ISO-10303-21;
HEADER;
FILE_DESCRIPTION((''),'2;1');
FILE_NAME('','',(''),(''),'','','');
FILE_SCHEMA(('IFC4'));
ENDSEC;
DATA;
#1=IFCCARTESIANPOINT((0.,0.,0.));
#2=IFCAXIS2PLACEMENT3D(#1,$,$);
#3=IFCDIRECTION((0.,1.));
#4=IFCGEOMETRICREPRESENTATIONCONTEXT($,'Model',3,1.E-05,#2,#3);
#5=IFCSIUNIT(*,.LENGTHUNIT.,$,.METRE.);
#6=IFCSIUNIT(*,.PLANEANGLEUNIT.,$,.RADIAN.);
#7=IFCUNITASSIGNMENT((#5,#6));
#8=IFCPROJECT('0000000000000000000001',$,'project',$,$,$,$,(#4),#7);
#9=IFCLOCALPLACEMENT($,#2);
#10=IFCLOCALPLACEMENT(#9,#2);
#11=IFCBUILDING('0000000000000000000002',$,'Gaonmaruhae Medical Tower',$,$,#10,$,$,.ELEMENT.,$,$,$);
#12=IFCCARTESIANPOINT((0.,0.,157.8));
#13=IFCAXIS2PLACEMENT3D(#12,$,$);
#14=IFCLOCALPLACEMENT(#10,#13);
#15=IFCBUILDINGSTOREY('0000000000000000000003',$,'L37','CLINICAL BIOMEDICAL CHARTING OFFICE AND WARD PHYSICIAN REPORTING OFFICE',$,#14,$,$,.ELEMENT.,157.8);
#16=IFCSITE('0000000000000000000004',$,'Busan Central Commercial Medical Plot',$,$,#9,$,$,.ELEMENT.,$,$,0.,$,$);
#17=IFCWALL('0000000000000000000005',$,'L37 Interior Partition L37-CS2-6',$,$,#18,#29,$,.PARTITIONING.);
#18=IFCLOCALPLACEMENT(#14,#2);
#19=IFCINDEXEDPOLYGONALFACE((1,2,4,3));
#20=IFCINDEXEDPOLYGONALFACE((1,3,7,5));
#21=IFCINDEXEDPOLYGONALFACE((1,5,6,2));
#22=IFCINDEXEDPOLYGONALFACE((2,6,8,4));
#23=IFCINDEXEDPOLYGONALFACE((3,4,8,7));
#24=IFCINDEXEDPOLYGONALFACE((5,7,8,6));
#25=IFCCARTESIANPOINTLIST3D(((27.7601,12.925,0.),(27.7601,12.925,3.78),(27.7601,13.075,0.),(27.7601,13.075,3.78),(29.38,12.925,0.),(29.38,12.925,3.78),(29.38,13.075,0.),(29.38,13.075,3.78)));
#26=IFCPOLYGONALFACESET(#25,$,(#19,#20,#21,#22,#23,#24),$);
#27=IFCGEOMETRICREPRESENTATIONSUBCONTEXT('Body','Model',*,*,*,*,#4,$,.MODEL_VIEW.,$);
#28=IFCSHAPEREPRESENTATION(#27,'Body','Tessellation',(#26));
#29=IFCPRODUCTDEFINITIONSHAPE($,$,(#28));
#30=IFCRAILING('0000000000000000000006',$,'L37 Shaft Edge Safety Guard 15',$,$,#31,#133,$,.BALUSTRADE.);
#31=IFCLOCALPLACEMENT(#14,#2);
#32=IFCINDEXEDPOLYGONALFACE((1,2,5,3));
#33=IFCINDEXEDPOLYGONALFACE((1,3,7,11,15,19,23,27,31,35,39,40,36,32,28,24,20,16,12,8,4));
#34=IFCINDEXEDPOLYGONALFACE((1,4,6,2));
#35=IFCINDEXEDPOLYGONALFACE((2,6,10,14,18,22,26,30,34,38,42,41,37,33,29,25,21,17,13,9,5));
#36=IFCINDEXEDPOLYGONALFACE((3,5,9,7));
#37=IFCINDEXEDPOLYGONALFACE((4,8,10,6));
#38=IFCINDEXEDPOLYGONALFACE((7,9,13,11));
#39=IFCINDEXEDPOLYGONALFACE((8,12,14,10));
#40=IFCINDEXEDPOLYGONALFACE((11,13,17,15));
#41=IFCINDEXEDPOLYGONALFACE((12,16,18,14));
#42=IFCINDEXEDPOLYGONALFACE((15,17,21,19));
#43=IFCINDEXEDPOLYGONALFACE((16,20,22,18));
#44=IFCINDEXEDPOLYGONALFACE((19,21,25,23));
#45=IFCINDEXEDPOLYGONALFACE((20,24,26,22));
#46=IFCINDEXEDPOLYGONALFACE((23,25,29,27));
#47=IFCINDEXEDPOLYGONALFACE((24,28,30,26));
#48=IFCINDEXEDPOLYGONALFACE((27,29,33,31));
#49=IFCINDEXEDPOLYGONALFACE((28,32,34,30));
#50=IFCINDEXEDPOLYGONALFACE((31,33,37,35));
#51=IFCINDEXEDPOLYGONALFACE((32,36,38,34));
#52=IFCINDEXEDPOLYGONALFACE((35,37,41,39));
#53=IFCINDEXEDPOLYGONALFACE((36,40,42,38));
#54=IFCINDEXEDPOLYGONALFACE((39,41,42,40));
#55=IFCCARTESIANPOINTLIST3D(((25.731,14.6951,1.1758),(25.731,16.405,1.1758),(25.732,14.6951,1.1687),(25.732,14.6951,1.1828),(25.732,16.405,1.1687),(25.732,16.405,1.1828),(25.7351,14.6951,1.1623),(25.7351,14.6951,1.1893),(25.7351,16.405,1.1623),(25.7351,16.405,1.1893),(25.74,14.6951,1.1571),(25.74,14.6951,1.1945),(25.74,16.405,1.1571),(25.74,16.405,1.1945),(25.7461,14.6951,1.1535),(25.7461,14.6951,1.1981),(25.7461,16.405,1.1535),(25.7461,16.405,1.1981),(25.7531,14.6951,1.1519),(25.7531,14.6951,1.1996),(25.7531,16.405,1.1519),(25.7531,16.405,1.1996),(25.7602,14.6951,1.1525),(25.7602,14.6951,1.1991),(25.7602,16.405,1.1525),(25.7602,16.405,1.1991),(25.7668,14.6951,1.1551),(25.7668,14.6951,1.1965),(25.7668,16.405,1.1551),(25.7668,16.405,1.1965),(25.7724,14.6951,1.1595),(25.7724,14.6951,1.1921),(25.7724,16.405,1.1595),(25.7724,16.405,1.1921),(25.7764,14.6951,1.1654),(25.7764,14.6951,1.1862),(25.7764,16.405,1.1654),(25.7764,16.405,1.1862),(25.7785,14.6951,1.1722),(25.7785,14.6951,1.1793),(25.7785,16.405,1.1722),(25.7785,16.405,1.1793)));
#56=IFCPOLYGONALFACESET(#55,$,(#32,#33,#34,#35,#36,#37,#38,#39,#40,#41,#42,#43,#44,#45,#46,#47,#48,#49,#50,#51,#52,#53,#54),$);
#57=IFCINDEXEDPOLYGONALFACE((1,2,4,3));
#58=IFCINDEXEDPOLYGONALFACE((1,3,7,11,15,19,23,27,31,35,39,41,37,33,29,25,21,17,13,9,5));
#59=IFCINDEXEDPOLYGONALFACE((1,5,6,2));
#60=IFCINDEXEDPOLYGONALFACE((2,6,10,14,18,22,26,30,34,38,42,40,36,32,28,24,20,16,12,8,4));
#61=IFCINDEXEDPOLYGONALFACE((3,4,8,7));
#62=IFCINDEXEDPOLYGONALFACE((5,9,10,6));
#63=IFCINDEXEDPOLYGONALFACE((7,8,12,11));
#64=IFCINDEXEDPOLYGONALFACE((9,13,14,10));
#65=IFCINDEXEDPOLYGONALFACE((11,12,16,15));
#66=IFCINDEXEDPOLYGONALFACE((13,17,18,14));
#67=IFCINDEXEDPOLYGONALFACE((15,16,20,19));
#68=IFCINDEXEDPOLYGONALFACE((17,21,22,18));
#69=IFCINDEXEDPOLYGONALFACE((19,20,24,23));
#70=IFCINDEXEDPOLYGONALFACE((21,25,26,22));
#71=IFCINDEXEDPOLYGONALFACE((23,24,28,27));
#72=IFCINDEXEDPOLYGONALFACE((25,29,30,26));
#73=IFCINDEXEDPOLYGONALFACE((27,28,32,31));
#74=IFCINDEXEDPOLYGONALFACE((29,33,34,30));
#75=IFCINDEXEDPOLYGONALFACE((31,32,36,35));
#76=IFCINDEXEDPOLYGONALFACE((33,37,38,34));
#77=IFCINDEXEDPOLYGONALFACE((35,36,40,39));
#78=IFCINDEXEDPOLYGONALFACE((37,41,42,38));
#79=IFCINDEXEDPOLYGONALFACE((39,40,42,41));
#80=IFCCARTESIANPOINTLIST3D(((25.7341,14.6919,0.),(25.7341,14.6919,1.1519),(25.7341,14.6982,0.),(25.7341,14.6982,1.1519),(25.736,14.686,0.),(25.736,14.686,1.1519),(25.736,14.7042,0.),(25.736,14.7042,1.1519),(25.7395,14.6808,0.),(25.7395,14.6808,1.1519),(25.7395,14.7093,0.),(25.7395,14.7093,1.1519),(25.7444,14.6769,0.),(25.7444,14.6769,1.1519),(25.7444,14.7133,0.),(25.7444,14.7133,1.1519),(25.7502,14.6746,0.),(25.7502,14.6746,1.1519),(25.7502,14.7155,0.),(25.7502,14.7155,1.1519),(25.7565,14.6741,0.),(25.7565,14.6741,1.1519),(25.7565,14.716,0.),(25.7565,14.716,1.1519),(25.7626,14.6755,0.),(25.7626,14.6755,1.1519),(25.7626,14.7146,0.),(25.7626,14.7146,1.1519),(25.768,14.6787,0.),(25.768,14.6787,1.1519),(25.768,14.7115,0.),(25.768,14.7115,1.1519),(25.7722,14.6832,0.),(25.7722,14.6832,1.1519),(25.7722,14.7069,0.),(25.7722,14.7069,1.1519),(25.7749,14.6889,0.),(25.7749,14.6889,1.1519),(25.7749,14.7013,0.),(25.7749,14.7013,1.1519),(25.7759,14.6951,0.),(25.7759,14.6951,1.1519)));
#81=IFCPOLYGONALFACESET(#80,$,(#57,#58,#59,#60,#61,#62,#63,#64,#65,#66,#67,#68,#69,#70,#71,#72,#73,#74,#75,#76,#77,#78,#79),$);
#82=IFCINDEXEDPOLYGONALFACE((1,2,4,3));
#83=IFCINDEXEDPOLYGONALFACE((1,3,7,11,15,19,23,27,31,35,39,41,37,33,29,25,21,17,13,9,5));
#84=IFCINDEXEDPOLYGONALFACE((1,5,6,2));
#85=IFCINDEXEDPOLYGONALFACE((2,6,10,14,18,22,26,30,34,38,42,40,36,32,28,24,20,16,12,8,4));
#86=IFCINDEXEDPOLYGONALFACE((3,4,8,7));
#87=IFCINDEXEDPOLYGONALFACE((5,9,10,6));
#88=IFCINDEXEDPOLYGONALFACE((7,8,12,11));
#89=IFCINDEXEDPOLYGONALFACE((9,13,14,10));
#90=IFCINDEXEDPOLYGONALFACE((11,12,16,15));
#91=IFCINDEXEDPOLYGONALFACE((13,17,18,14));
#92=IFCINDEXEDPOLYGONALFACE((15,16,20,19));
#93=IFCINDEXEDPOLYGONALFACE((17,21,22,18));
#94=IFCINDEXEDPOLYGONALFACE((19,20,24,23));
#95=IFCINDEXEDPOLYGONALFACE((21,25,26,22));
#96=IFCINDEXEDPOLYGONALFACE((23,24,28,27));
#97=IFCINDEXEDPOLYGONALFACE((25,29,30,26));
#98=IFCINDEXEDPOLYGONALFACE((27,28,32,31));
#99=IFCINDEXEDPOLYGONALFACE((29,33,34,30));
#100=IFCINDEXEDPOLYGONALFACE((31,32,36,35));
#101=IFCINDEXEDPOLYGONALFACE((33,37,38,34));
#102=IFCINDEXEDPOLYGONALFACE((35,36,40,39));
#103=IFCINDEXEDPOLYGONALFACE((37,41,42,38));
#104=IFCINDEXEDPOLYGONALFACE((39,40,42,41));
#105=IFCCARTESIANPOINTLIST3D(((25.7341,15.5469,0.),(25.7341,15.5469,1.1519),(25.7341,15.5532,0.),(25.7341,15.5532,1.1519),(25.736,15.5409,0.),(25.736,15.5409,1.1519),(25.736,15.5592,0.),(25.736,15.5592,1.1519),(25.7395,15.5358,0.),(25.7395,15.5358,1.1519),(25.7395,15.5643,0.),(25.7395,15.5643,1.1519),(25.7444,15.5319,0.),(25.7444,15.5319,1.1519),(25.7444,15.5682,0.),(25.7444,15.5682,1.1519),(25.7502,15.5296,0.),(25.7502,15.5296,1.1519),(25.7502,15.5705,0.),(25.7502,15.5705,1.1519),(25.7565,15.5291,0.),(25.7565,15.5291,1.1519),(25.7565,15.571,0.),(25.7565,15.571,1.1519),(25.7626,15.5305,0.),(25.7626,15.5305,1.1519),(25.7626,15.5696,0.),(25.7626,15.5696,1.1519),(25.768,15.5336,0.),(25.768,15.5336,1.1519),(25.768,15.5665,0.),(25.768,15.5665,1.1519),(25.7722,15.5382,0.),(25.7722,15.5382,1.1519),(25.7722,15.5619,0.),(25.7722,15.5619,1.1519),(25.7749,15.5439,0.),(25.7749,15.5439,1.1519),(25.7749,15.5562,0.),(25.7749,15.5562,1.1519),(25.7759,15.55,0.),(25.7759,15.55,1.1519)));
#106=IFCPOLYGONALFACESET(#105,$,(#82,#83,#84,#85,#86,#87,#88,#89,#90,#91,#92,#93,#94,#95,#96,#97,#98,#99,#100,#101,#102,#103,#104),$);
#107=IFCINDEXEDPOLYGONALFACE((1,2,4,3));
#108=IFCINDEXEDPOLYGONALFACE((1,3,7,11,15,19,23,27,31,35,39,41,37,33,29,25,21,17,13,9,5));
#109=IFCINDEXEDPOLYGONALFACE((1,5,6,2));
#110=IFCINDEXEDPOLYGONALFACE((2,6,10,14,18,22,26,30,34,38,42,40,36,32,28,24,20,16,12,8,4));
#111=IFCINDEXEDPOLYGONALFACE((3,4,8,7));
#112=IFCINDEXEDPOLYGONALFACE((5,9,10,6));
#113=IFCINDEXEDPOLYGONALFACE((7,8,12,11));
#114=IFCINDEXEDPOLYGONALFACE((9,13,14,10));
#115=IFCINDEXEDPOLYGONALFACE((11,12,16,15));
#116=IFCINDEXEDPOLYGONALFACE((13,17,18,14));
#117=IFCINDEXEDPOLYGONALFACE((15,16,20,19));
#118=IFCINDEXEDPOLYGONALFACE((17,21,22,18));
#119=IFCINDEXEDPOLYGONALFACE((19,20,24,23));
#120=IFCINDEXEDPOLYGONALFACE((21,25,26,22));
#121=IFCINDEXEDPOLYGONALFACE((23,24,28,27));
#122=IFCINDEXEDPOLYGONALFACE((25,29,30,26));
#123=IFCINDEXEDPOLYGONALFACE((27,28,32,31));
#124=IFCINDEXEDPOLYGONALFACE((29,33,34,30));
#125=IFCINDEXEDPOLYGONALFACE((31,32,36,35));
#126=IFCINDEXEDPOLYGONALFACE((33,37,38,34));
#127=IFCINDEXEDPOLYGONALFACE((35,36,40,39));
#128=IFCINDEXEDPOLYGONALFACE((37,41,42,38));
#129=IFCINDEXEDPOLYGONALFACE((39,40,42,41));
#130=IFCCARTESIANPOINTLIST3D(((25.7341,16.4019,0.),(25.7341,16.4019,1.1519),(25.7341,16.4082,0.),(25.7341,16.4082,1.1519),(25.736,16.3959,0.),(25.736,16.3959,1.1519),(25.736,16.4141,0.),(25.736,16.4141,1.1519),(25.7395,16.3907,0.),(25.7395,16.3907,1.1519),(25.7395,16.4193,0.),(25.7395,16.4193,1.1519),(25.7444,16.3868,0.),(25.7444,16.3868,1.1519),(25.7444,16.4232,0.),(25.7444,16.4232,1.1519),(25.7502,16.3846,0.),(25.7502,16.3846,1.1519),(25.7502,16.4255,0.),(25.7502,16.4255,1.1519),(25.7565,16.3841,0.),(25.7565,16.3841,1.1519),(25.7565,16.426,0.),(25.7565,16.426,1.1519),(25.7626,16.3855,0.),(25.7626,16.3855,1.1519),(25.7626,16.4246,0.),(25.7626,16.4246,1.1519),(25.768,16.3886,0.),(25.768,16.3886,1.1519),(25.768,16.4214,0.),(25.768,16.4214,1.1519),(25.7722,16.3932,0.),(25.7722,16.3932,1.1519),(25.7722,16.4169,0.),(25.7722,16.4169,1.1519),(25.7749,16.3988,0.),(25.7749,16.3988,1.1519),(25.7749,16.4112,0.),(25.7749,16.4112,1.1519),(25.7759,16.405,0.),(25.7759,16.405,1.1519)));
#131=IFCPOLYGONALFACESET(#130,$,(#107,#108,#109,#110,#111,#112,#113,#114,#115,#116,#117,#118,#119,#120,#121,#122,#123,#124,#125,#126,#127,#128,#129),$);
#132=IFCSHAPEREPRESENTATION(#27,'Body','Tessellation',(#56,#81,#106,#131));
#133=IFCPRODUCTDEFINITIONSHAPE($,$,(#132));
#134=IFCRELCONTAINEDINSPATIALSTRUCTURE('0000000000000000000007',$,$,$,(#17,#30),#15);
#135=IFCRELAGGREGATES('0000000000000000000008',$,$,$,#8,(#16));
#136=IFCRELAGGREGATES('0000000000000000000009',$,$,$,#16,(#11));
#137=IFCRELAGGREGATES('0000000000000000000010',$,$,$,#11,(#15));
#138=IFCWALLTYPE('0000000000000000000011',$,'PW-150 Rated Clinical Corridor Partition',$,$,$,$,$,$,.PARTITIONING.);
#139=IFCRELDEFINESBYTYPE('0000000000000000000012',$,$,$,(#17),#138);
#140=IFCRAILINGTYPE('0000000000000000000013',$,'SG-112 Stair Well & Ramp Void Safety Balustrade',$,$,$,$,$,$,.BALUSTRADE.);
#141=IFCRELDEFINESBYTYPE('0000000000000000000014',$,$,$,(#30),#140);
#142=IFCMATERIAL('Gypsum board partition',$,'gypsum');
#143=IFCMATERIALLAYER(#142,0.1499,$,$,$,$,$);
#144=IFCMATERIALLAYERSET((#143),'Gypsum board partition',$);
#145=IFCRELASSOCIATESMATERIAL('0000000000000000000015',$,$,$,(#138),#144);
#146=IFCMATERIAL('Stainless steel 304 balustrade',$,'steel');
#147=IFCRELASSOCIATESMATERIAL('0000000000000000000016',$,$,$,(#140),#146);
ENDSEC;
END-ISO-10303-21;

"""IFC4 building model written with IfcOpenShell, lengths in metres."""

from ifc_helpers import new_model, si_unit, direction, frame, frame_2d, origin, origin_2d, place, context, subcontext, project, spatial, rectangle, circle, extrude, material, layer, layer_set, type_object, element, save


model = new_model("IFC4")

# Units and contexts
model_context = context("Model", 3, precision=1e-05, world=origin(), true_north=direction((0.0, 1.0)))
body_context = subcontext(model_context, "Body", "Model", "MODEL_VIEW")
ifc_project = project(units=[si_unit("LENGTHUNIT", "METRE"), si_unit("PLANEANGLEUNIT", "RADIAN")], contexts=[model_context])

# Site, building, storey
site_placement = place(None, origin())
site = spatial("IfcSite", under=ifc_project, at=site_placement, Name="Busan Central Commercial Medical Plot", CompositionType="ELEMENT", RefElevation=0.0)
building_placement = place(site_placement, origin())
building = spatial("IfcBuilding", under=site, at=building_placement, Name="Gaonmaruhae Medical Tower", CompositionType="ELEMENT")
storey_placement = place(building_placement, frame((0.0, 0.0, 157.8)))
storey = spatial("IfcBuildingStorey", under=building, at=storey_placement, Name="L37", Description="CLINICAL BIOMEDICAL CHARTING OFFICE AND WARD PHYSICIAN REPORTING OFFICE", CompositionType="ELEMENT", Elevation=157.8)

# Shared definitions
ifc_material_1 = material(Name="Gypsum board partition", Category="gypsum")
ifc_layer_1 = layer(ifc_material_1, 0.1499)
ifc_layer_set_1 = layer_set([ifc_layer_1], Name="Gypsum board partition")
wall_type_1 = type_object("IfcWallType", Name="PW-150 Rated Clinical Corridor Partition", PredefinedType="PARTITIONING", material=ifc_layer_set_1)

# Wall
wall_1_placement = place(storey_placement, frame((27.76, 13.0, 0.0), z_axis=(0.0, 0.0, 1.0), x_axis=(1.0, 0.0, 0.0)))
element("IfcWall", 1, at=wall_1_placement, inside=storey, type_object=wall_type_1, Name="L37 Interior Partition L37-CS2-6", PredefinedType="PARTITIONING", context=body_context, shape_type="SweptSolid", body=[
    extrude(rectangle(XDim=1.6199, YDim=0.1499, at=frame_2d((0.8101, 0.0))), origin(), (0.0, 0.0, 1.0), 3.78),
])

# Railing
ifc_material_2 = material(Name="Stainless steel 304 balustrade", Category="steel")
railing_type = type_object("IfcRailingType", Name="SG-112 Stair Well & Ramp Void Safety Balustrade", PredefinedType="BALUSTRADE", material=ifc_material_2)
railing_1_placement = place(storey_placement, frame((25.7549, 14.6951, 0.0)))
element("IfcRailing", 2, at=railing_1_placement, inside=storey, type_object=railing_type, Name="L37 Shaft Edge Safety Guard 15", PredefinedType="BALUSTRADE", context=body_context, shape_type="SweptSolid", body=[
    extrude(circle(Radius=0.0239, at=origin_2d()), frame((0.0, 0.0, 1.1758), z_axis=(0.0, 1.0, 0.0), x_axis=(-1.0, 0.0, 0.0)), (0.0, 0.0, 1.0), 1.71),
    extrude(circle(Radius=0.021, at=origin_2d()), origin(), (0.0, 0.0, 1.0), 1.1519),
    extrude(circle(Radius=0.021, at=origin_2d()), frame((0.0, 0.855, 0.0)), (0.0, 0.0, 1.0), 1.1519),
    extrude(circle(Radius=0.021, at=origin_2d()), frame((0.0, 1.71, 0.0)), (0.0, 0.0, 1.0), 1.1519),
])

save(model, "model.ifc")
